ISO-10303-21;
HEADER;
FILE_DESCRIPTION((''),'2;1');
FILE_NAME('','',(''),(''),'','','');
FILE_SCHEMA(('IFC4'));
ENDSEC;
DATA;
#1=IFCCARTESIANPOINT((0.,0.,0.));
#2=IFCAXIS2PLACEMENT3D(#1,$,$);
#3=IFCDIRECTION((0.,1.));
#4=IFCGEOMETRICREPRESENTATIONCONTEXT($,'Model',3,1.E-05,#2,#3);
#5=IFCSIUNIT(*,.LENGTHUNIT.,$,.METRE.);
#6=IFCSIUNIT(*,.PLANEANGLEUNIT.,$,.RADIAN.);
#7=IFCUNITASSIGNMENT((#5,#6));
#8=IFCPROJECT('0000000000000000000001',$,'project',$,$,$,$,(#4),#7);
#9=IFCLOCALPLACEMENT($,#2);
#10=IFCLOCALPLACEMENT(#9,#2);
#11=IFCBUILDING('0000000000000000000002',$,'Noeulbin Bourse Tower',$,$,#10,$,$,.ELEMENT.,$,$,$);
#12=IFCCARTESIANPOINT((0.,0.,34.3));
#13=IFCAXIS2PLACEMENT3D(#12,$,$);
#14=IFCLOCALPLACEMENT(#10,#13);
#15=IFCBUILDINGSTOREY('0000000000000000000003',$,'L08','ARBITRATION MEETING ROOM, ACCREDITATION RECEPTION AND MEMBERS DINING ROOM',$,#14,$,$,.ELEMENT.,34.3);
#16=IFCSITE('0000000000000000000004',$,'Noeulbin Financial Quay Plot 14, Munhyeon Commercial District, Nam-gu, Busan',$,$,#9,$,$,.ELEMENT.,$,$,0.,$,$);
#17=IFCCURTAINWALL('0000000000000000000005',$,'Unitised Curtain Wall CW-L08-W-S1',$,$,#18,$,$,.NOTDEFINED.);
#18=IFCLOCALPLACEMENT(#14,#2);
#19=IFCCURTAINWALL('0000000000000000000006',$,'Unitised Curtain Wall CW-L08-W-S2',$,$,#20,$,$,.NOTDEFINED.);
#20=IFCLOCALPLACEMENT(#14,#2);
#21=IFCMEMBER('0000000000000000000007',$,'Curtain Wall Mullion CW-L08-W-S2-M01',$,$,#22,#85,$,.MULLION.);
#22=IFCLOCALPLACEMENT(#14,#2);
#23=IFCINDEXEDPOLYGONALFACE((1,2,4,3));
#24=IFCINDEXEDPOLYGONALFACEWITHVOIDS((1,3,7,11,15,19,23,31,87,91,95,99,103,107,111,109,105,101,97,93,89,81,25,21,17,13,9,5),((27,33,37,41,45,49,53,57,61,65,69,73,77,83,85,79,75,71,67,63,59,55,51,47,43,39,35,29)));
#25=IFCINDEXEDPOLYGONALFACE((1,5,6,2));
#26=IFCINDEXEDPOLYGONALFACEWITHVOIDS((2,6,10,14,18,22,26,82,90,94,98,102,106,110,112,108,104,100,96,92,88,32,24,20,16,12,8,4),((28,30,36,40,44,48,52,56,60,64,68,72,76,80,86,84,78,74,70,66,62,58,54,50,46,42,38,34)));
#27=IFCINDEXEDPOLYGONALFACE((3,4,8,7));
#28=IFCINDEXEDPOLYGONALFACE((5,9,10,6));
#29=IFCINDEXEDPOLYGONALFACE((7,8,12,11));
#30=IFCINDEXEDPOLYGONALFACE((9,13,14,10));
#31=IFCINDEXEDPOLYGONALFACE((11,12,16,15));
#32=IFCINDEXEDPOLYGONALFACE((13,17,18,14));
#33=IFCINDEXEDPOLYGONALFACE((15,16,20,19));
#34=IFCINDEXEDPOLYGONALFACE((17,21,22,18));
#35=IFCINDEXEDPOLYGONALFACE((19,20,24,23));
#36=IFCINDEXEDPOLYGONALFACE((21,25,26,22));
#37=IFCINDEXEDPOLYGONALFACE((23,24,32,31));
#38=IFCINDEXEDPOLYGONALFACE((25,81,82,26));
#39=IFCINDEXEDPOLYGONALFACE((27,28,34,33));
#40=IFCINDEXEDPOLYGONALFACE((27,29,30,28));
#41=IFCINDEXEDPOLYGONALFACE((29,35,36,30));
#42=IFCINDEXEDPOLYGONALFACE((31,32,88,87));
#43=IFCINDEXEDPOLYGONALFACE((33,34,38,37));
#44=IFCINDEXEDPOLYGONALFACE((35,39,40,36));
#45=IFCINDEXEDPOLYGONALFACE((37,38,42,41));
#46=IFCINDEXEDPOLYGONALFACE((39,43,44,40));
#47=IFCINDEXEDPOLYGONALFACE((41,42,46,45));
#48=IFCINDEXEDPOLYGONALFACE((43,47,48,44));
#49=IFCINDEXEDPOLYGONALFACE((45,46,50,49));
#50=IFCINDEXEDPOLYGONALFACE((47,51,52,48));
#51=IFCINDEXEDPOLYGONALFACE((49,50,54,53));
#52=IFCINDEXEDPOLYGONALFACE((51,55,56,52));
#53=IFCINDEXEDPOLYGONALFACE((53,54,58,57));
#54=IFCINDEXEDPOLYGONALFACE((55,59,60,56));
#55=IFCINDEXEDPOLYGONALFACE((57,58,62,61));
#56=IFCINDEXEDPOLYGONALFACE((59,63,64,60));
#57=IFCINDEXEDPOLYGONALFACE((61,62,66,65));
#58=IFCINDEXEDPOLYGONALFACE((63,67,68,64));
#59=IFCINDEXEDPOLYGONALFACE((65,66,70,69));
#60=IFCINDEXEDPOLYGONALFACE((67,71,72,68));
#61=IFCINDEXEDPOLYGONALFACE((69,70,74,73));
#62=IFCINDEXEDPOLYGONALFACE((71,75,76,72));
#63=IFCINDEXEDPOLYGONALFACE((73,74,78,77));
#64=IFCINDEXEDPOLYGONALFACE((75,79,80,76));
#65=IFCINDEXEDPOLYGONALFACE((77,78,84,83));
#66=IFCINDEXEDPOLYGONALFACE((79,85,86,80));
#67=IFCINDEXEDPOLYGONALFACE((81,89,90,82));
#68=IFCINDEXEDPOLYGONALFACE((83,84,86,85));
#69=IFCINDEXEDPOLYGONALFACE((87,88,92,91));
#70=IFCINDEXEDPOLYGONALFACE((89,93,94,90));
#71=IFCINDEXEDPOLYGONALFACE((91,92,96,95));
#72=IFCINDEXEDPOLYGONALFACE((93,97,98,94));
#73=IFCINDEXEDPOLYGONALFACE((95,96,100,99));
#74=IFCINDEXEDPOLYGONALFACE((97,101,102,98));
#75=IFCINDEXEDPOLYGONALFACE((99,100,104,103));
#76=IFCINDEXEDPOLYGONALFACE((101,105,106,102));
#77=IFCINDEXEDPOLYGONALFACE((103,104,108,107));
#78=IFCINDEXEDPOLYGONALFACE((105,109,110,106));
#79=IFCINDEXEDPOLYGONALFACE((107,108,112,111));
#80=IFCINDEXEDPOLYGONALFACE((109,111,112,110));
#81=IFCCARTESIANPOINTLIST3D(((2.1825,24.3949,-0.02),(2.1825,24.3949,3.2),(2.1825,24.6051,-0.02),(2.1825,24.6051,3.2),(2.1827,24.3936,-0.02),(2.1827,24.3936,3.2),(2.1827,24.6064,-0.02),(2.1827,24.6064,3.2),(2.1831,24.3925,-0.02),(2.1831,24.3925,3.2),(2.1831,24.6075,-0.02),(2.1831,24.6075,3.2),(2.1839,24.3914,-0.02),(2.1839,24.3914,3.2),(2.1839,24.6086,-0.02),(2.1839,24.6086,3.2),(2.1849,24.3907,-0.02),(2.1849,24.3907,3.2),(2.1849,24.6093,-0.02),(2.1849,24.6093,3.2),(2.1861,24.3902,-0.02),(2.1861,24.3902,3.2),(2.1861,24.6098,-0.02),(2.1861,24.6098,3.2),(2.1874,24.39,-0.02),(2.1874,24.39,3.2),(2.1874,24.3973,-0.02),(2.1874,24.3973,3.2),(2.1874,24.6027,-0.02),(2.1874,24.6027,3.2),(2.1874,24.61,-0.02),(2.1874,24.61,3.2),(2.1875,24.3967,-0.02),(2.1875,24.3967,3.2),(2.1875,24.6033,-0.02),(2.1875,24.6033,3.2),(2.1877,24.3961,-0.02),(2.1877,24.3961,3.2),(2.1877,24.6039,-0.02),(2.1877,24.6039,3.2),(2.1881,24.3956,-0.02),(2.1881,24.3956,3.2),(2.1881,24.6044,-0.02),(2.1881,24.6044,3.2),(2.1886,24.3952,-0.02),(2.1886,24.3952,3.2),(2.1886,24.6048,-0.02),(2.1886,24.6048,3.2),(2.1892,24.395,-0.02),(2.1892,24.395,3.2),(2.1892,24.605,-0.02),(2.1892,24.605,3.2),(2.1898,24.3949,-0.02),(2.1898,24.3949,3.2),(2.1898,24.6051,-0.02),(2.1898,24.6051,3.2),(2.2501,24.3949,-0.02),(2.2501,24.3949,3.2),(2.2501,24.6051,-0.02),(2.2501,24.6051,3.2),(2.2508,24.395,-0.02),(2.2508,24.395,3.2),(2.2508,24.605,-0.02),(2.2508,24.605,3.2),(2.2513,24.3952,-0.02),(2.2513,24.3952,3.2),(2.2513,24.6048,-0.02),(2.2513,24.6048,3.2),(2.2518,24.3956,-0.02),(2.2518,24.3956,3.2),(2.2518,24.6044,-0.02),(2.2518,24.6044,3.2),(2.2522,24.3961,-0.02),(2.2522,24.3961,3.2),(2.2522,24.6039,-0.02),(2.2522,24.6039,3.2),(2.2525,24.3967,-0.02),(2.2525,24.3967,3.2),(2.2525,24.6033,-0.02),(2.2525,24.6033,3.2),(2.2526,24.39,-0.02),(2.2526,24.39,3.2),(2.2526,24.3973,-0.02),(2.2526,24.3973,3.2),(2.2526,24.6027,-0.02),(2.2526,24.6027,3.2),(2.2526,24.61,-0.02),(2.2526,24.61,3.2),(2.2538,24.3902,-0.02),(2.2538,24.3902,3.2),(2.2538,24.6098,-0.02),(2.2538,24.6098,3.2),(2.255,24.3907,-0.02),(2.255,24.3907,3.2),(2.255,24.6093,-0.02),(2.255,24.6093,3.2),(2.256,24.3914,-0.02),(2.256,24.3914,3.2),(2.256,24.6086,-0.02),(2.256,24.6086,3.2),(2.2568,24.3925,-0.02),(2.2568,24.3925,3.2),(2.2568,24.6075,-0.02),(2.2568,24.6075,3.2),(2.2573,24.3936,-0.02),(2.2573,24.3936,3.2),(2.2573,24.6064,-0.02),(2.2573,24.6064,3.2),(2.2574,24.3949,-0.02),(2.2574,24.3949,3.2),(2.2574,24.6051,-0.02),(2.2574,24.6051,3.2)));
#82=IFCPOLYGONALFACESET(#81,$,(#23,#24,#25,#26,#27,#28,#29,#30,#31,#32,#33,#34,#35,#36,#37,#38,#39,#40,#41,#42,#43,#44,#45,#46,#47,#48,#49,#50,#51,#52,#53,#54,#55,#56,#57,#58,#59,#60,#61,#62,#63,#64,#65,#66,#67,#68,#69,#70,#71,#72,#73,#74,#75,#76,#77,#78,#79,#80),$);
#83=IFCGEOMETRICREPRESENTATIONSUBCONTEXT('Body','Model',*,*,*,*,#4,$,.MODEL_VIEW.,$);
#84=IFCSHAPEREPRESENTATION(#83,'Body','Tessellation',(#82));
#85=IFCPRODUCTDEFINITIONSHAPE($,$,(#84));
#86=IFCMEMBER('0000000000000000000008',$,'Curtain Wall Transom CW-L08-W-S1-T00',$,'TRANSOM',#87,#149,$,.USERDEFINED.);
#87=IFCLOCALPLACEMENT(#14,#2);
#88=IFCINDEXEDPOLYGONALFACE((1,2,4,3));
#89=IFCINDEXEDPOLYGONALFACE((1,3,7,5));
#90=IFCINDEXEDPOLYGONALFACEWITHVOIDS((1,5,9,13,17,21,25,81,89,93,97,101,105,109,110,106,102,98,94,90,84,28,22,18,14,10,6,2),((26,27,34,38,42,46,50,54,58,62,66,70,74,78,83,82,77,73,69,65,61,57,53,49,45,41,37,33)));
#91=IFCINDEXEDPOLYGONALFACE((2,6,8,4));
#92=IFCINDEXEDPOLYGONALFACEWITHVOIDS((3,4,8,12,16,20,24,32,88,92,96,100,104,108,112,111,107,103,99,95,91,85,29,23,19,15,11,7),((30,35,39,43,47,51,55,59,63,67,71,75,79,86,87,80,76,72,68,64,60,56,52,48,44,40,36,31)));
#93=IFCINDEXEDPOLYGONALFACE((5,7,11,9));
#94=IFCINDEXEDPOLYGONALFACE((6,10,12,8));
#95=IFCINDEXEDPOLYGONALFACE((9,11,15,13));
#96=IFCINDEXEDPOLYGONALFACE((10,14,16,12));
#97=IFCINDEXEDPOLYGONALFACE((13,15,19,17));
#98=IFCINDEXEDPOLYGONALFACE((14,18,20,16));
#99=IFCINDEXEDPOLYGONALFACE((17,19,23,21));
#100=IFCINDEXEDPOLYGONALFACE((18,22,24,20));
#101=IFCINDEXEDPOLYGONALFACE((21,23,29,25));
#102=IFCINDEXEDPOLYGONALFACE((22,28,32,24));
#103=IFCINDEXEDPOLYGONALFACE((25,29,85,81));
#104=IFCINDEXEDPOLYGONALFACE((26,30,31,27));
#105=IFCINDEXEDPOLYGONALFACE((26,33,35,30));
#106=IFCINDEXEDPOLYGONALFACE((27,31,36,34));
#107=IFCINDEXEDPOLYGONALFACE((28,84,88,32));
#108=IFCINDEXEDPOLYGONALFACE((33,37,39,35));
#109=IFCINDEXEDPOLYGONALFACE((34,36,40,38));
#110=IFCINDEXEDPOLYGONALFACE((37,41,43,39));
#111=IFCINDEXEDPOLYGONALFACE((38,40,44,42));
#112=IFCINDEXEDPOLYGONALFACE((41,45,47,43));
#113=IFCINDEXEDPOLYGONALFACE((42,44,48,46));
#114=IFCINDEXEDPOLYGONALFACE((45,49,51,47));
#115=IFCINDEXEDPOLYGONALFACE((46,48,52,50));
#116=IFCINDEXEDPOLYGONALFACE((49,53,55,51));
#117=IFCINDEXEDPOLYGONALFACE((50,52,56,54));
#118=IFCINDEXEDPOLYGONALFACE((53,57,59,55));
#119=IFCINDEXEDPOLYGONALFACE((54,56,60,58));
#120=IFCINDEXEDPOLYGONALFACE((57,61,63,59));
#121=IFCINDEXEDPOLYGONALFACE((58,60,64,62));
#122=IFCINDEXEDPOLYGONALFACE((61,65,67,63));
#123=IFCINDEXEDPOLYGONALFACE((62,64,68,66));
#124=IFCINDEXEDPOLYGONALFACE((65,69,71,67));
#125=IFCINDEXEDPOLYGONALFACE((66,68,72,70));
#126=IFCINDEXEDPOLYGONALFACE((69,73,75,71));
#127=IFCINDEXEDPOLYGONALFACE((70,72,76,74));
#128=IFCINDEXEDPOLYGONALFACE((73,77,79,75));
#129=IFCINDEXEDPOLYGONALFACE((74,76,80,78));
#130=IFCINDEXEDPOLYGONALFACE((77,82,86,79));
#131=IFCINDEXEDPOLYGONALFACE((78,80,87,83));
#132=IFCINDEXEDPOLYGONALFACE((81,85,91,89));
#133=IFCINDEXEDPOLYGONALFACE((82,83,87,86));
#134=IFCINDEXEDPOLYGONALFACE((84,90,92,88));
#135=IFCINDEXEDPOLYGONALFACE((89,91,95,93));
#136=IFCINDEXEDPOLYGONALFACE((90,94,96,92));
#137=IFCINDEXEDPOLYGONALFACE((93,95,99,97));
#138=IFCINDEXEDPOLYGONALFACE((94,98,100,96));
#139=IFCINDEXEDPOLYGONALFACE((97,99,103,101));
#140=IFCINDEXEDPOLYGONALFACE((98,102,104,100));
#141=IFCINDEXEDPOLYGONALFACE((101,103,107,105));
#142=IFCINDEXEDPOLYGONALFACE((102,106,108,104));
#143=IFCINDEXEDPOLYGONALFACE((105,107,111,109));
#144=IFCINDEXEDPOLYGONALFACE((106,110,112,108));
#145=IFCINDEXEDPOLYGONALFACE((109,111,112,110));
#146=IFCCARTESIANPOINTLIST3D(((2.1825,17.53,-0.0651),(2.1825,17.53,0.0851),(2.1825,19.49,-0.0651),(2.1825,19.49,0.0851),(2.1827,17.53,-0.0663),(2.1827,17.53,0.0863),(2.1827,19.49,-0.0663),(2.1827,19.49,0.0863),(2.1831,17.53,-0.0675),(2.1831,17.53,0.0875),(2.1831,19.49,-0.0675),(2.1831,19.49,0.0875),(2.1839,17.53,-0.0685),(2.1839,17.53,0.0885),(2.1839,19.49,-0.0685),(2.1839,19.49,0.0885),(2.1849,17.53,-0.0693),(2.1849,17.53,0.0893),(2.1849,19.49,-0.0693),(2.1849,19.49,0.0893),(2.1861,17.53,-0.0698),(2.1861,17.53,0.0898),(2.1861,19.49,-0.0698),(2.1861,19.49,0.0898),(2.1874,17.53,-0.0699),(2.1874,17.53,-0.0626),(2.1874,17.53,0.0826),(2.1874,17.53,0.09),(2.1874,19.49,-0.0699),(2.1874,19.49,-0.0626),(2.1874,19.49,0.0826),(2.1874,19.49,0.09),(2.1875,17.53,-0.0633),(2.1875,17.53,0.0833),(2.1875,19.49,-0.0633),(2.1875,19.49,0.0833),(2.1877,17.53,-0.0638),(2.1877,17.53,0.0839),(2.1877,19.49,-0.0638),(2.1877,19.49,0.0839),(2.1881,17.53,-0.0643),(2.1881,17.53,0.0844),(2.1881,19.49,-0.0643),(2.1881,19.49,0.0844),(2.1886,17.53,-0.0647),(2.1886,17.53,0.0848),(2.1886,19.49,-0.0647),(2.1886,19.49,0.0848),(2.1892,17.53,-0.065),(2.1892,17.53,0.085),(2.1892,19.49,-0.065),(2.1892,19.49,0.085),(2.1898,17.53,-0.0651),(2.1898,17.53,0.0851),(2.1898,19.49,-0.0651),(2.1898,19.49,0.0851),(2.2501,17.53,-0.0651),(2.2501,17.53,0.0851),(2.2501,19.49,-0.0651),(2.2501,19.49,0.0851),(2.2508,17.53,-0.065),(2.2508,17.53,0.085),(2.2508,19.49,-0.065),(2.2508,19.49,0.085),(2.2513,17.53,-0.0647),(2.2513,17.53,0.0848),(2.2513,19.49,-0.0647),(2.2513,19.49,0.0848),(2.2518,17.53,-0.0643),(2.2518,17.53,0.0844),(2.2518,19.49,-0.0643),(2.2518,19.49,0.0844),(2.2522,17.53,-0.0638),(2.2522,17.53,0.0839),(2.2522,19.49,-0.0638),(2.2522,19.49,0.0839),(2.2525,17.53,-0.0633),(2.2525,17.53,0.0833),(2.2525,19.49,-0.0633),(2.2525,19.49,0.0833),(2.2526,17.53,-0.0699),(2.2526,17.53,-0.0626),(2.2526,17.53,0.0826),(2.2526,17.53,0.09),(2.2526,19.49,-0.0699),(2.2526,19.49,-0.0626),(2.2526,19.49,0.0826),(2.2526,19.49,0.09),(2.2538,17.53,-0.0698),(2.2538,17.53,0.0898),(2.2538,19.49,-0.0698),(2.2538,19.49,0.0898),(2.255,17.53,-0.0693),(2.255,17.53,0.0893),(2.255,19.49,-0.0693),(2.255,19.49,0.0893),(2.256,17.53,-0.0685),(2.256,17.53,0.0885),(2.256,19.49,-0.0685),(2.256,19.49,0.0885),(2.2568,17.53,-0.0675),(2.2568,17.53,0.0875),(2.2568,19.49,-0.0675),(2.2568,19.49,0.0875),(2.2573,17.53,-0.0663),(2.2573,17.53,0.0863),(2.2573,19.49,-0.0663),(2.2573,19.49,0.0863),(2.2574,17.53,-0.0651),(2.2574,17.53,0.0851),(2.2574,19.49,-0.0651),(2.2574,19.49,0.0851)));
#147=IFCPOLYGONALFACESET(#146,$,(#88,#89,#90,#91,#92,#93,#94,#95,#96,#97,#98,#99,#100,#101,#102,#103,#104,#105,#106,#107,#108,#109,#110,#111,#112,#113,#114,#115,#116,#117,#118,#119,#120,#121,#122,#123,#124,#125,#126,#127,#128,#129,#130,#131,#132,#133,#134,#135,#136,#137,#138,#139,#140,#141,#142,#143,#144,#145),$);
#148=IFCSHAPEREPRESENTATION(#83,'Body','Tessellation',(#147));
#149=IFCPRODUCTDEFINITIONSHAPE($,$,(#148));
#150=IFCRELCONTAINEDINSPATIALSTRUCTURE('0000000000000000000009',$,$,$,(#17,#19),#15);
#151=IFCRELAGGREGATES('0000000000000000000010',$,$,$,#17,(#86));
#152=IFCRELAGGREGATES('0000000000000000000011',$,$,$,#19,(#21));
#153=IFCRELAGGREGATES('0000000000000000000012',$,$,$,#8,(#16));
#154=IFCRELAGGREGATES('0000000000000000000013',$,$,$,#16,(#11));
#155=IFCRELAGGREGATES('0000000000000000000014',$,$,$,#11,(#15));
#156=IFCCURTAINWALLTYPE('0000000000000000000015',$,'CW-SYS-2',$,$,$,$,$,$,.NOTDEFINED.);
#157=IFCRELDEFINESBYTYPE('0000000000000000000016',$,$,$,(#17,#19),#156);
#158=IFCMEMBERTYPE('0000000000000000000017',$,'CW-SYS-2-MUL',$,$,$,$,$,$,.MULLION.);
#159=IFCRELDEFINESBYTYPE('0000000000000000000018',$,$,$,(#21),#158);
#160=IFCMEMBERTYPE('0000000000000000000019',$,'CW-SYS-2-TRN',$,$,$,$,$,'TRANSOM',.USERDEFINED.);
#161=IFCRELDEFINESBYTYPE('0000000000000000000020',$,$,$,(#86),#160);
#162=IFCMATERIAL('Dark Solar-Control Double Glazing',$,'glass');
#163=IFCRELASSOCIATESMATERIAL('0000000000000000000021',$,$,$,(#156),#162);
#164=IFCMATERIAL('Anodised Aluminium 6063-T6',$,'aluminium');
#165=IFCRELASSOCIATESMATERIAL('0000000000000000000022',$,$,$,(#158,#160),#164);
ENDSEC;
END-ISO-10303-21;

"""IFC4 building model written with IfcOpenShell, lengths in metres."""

from ifc_helpers import new_model, si_unit, direction, frame, origin, origin_2d, place, context, subcontext, project, spatial, hollow_rectangle, extrude, material, material_profile, profile_set, type_object, element, aggregate, save


model = new_model("IFC4")

# Units and contexts
model_context = context("Model", 3, precision=1e-05, world=origin(), true_north=direction((0.0, 1.0)))
body_context = subcontext(model_context, "Body", "Model", "MODEL_VIEW")
ifc_project = project(units=[si_unit("LENGTHUNIT", "METRE"), si_unit("PLANEANGLEUNIT", "RADIAN")], contexts=[model_context])

# Site, building, storey
site_placement = place(None, origin())
site = spatial("IfcSite", under=ifc_project, at=site_placement, Name="Noeulbin Financial Quay Plot 14, Munhyeon Commercial District, Nam-gu, Busan", CompositionType="ELEMENT", RefElevation=0.0)
building_placement = place(site_placement, origin())
building = spatial("IfcBuilding", under=site, at=building_placement, Name="Noeulbin Bourse Tower", CompositionType="ELEMENT")
storey_placement = place(building_placement, frame((0.0, 0.0, 34.3)))
storey = spatial("IfcBuildingStorey", under=building, at=storey_placement, Name="L08", Description="ARBITRATION MEETING ROOM, ACCREDITATION RECEPTION AND MEMBERS DINING ROOM", CompositionType="ELEMENT", Elevation=34.3)

# Curtain walls, member
ifc_material_1 = material(Name="Dark Solar-Control Double Glazing", Category="glass")
curtain_wall_type = type_object("IfcCurtainWallType", Name="CW-SYS-2", PredefinedType="NOTDEFINED", material=ifc_material_1)
curtain_wall_1_placement = place(storey_placement, origin())
curtain_wall_1 = element("IfcCurtainWall", 1, at=curtain_wall_1_placement, inside=storey, type_object=curtain_wall_type, Name="Unitised Curtain Wall CW-L08-W-S1", PredefinedType="NOTDEFINED")
ifc_material_2 = material(Name="Anodised Aluminium 6063-T6", Category="aluminium")
ifc_material_profile_1 = material_profile(ifc_material_2, hollow_rectangle(XDim=0.075, YDim=0.22, WallThickness=0.0049, InnerFilletRadius=0.0024, OuterFilletRadius=0.0049, at=origin_2d()), Name="ALU-MULL-75x220x5", Category="LoadBearing")
ifc_profile_set_1 = profile_set([ifc_material_profile_1], Name="Anodised Aluminium 6063-T6")
member_type_1 = type_object("IfcMemberType", Name="CW-SYS-2-MUL", PredefinedType="MULLION", material=ifc_profile_set_1)
curtain_wall_2_placement = place(storey_placement, origin())
curtain_wall_2 = element("IfcCurtainWall", 2, at=curtain_wall_2_placement, inside=storey, type_object=curtain_wall_type, Name="Unitised Curtain Wall CW-L08-W-S2", PredefinedType="NOTDEFINED")
member_1_placement = place(storey_placement, frame((2.22, 24.5, -0.02), z_axis=(0.0, 0.0, 1.0), x_axis=(1.0, 0.0, 0.0)))
member_1 = element("IfcMember", 3, at=member_1_placement, type_object=member_type_1, Name="Curtain Wall Mullion CW-L08-W-S2-M01", PredefinedType="MULLION", context=body_context, shape_type="SweptSolid", body=[
    extrude(hollow_rectangle(XDim=0.075, YDim=0.22, WallThickness=0.0049, InnerFilletRadius=0.0024, OuterFilletRadius=0.0049, at=origin_2d()), origin(), (0.0, 0.0, 1.0), 3.22),
])

# Member
ifc_material_profile_2 = material_profile(ifc_material_2, hollow_rectangle(XDim=0.075, YDim=0.1599, WallThickness=0.0049, InnerFilletRadius=0.0024, OuterFilletRadius=0.0049, at=origin_2d()), Name="ALU-TRAN-75x160x5", Category="LoadBearing")
ifc_profile_set_2 = profile_set([ifc_material_profile_2], Name="Anodised Aluminium 6063-T6")
member_type_2 = type_object("IfcMemberType", Name="CW-SYS-2-TRN", ElementType="TRANSOM", PredefinedType="USERDEFINED", material=ifc_profile_set_2)
member_2_placement = place(storey_placement, frame((2.22, 17.53, 0.01), z_axis=(0.0, 1.0, 0.0), x_axis=(-1.0, 0.0, 0.0)))
member_2 = element("IfcMember", 4, at=member_2_placement, type_object=member_type_2, Name="Curtain Wall Transom CW-L08-W-S1-T00", ObjectType="TRANSOM", PredefinedType="USERDEFINED", context=body_context, shape_type="SweptSolid", body=[
    extrude(hollow_rectangle(XDim=0.075, YDim=0.1599, WallThickness=0.0049, InnerFilletRadius=0.0024, OuterFilletRadius=0.0049, at=origin_2d()), origin(), (0.0, 0.0, 1.0), 1.96),
])

aggregate(curtain_wall_1, [member_2])
aggregate(curtain_wall_2, [member_1])

save(model, "model.ifc")
